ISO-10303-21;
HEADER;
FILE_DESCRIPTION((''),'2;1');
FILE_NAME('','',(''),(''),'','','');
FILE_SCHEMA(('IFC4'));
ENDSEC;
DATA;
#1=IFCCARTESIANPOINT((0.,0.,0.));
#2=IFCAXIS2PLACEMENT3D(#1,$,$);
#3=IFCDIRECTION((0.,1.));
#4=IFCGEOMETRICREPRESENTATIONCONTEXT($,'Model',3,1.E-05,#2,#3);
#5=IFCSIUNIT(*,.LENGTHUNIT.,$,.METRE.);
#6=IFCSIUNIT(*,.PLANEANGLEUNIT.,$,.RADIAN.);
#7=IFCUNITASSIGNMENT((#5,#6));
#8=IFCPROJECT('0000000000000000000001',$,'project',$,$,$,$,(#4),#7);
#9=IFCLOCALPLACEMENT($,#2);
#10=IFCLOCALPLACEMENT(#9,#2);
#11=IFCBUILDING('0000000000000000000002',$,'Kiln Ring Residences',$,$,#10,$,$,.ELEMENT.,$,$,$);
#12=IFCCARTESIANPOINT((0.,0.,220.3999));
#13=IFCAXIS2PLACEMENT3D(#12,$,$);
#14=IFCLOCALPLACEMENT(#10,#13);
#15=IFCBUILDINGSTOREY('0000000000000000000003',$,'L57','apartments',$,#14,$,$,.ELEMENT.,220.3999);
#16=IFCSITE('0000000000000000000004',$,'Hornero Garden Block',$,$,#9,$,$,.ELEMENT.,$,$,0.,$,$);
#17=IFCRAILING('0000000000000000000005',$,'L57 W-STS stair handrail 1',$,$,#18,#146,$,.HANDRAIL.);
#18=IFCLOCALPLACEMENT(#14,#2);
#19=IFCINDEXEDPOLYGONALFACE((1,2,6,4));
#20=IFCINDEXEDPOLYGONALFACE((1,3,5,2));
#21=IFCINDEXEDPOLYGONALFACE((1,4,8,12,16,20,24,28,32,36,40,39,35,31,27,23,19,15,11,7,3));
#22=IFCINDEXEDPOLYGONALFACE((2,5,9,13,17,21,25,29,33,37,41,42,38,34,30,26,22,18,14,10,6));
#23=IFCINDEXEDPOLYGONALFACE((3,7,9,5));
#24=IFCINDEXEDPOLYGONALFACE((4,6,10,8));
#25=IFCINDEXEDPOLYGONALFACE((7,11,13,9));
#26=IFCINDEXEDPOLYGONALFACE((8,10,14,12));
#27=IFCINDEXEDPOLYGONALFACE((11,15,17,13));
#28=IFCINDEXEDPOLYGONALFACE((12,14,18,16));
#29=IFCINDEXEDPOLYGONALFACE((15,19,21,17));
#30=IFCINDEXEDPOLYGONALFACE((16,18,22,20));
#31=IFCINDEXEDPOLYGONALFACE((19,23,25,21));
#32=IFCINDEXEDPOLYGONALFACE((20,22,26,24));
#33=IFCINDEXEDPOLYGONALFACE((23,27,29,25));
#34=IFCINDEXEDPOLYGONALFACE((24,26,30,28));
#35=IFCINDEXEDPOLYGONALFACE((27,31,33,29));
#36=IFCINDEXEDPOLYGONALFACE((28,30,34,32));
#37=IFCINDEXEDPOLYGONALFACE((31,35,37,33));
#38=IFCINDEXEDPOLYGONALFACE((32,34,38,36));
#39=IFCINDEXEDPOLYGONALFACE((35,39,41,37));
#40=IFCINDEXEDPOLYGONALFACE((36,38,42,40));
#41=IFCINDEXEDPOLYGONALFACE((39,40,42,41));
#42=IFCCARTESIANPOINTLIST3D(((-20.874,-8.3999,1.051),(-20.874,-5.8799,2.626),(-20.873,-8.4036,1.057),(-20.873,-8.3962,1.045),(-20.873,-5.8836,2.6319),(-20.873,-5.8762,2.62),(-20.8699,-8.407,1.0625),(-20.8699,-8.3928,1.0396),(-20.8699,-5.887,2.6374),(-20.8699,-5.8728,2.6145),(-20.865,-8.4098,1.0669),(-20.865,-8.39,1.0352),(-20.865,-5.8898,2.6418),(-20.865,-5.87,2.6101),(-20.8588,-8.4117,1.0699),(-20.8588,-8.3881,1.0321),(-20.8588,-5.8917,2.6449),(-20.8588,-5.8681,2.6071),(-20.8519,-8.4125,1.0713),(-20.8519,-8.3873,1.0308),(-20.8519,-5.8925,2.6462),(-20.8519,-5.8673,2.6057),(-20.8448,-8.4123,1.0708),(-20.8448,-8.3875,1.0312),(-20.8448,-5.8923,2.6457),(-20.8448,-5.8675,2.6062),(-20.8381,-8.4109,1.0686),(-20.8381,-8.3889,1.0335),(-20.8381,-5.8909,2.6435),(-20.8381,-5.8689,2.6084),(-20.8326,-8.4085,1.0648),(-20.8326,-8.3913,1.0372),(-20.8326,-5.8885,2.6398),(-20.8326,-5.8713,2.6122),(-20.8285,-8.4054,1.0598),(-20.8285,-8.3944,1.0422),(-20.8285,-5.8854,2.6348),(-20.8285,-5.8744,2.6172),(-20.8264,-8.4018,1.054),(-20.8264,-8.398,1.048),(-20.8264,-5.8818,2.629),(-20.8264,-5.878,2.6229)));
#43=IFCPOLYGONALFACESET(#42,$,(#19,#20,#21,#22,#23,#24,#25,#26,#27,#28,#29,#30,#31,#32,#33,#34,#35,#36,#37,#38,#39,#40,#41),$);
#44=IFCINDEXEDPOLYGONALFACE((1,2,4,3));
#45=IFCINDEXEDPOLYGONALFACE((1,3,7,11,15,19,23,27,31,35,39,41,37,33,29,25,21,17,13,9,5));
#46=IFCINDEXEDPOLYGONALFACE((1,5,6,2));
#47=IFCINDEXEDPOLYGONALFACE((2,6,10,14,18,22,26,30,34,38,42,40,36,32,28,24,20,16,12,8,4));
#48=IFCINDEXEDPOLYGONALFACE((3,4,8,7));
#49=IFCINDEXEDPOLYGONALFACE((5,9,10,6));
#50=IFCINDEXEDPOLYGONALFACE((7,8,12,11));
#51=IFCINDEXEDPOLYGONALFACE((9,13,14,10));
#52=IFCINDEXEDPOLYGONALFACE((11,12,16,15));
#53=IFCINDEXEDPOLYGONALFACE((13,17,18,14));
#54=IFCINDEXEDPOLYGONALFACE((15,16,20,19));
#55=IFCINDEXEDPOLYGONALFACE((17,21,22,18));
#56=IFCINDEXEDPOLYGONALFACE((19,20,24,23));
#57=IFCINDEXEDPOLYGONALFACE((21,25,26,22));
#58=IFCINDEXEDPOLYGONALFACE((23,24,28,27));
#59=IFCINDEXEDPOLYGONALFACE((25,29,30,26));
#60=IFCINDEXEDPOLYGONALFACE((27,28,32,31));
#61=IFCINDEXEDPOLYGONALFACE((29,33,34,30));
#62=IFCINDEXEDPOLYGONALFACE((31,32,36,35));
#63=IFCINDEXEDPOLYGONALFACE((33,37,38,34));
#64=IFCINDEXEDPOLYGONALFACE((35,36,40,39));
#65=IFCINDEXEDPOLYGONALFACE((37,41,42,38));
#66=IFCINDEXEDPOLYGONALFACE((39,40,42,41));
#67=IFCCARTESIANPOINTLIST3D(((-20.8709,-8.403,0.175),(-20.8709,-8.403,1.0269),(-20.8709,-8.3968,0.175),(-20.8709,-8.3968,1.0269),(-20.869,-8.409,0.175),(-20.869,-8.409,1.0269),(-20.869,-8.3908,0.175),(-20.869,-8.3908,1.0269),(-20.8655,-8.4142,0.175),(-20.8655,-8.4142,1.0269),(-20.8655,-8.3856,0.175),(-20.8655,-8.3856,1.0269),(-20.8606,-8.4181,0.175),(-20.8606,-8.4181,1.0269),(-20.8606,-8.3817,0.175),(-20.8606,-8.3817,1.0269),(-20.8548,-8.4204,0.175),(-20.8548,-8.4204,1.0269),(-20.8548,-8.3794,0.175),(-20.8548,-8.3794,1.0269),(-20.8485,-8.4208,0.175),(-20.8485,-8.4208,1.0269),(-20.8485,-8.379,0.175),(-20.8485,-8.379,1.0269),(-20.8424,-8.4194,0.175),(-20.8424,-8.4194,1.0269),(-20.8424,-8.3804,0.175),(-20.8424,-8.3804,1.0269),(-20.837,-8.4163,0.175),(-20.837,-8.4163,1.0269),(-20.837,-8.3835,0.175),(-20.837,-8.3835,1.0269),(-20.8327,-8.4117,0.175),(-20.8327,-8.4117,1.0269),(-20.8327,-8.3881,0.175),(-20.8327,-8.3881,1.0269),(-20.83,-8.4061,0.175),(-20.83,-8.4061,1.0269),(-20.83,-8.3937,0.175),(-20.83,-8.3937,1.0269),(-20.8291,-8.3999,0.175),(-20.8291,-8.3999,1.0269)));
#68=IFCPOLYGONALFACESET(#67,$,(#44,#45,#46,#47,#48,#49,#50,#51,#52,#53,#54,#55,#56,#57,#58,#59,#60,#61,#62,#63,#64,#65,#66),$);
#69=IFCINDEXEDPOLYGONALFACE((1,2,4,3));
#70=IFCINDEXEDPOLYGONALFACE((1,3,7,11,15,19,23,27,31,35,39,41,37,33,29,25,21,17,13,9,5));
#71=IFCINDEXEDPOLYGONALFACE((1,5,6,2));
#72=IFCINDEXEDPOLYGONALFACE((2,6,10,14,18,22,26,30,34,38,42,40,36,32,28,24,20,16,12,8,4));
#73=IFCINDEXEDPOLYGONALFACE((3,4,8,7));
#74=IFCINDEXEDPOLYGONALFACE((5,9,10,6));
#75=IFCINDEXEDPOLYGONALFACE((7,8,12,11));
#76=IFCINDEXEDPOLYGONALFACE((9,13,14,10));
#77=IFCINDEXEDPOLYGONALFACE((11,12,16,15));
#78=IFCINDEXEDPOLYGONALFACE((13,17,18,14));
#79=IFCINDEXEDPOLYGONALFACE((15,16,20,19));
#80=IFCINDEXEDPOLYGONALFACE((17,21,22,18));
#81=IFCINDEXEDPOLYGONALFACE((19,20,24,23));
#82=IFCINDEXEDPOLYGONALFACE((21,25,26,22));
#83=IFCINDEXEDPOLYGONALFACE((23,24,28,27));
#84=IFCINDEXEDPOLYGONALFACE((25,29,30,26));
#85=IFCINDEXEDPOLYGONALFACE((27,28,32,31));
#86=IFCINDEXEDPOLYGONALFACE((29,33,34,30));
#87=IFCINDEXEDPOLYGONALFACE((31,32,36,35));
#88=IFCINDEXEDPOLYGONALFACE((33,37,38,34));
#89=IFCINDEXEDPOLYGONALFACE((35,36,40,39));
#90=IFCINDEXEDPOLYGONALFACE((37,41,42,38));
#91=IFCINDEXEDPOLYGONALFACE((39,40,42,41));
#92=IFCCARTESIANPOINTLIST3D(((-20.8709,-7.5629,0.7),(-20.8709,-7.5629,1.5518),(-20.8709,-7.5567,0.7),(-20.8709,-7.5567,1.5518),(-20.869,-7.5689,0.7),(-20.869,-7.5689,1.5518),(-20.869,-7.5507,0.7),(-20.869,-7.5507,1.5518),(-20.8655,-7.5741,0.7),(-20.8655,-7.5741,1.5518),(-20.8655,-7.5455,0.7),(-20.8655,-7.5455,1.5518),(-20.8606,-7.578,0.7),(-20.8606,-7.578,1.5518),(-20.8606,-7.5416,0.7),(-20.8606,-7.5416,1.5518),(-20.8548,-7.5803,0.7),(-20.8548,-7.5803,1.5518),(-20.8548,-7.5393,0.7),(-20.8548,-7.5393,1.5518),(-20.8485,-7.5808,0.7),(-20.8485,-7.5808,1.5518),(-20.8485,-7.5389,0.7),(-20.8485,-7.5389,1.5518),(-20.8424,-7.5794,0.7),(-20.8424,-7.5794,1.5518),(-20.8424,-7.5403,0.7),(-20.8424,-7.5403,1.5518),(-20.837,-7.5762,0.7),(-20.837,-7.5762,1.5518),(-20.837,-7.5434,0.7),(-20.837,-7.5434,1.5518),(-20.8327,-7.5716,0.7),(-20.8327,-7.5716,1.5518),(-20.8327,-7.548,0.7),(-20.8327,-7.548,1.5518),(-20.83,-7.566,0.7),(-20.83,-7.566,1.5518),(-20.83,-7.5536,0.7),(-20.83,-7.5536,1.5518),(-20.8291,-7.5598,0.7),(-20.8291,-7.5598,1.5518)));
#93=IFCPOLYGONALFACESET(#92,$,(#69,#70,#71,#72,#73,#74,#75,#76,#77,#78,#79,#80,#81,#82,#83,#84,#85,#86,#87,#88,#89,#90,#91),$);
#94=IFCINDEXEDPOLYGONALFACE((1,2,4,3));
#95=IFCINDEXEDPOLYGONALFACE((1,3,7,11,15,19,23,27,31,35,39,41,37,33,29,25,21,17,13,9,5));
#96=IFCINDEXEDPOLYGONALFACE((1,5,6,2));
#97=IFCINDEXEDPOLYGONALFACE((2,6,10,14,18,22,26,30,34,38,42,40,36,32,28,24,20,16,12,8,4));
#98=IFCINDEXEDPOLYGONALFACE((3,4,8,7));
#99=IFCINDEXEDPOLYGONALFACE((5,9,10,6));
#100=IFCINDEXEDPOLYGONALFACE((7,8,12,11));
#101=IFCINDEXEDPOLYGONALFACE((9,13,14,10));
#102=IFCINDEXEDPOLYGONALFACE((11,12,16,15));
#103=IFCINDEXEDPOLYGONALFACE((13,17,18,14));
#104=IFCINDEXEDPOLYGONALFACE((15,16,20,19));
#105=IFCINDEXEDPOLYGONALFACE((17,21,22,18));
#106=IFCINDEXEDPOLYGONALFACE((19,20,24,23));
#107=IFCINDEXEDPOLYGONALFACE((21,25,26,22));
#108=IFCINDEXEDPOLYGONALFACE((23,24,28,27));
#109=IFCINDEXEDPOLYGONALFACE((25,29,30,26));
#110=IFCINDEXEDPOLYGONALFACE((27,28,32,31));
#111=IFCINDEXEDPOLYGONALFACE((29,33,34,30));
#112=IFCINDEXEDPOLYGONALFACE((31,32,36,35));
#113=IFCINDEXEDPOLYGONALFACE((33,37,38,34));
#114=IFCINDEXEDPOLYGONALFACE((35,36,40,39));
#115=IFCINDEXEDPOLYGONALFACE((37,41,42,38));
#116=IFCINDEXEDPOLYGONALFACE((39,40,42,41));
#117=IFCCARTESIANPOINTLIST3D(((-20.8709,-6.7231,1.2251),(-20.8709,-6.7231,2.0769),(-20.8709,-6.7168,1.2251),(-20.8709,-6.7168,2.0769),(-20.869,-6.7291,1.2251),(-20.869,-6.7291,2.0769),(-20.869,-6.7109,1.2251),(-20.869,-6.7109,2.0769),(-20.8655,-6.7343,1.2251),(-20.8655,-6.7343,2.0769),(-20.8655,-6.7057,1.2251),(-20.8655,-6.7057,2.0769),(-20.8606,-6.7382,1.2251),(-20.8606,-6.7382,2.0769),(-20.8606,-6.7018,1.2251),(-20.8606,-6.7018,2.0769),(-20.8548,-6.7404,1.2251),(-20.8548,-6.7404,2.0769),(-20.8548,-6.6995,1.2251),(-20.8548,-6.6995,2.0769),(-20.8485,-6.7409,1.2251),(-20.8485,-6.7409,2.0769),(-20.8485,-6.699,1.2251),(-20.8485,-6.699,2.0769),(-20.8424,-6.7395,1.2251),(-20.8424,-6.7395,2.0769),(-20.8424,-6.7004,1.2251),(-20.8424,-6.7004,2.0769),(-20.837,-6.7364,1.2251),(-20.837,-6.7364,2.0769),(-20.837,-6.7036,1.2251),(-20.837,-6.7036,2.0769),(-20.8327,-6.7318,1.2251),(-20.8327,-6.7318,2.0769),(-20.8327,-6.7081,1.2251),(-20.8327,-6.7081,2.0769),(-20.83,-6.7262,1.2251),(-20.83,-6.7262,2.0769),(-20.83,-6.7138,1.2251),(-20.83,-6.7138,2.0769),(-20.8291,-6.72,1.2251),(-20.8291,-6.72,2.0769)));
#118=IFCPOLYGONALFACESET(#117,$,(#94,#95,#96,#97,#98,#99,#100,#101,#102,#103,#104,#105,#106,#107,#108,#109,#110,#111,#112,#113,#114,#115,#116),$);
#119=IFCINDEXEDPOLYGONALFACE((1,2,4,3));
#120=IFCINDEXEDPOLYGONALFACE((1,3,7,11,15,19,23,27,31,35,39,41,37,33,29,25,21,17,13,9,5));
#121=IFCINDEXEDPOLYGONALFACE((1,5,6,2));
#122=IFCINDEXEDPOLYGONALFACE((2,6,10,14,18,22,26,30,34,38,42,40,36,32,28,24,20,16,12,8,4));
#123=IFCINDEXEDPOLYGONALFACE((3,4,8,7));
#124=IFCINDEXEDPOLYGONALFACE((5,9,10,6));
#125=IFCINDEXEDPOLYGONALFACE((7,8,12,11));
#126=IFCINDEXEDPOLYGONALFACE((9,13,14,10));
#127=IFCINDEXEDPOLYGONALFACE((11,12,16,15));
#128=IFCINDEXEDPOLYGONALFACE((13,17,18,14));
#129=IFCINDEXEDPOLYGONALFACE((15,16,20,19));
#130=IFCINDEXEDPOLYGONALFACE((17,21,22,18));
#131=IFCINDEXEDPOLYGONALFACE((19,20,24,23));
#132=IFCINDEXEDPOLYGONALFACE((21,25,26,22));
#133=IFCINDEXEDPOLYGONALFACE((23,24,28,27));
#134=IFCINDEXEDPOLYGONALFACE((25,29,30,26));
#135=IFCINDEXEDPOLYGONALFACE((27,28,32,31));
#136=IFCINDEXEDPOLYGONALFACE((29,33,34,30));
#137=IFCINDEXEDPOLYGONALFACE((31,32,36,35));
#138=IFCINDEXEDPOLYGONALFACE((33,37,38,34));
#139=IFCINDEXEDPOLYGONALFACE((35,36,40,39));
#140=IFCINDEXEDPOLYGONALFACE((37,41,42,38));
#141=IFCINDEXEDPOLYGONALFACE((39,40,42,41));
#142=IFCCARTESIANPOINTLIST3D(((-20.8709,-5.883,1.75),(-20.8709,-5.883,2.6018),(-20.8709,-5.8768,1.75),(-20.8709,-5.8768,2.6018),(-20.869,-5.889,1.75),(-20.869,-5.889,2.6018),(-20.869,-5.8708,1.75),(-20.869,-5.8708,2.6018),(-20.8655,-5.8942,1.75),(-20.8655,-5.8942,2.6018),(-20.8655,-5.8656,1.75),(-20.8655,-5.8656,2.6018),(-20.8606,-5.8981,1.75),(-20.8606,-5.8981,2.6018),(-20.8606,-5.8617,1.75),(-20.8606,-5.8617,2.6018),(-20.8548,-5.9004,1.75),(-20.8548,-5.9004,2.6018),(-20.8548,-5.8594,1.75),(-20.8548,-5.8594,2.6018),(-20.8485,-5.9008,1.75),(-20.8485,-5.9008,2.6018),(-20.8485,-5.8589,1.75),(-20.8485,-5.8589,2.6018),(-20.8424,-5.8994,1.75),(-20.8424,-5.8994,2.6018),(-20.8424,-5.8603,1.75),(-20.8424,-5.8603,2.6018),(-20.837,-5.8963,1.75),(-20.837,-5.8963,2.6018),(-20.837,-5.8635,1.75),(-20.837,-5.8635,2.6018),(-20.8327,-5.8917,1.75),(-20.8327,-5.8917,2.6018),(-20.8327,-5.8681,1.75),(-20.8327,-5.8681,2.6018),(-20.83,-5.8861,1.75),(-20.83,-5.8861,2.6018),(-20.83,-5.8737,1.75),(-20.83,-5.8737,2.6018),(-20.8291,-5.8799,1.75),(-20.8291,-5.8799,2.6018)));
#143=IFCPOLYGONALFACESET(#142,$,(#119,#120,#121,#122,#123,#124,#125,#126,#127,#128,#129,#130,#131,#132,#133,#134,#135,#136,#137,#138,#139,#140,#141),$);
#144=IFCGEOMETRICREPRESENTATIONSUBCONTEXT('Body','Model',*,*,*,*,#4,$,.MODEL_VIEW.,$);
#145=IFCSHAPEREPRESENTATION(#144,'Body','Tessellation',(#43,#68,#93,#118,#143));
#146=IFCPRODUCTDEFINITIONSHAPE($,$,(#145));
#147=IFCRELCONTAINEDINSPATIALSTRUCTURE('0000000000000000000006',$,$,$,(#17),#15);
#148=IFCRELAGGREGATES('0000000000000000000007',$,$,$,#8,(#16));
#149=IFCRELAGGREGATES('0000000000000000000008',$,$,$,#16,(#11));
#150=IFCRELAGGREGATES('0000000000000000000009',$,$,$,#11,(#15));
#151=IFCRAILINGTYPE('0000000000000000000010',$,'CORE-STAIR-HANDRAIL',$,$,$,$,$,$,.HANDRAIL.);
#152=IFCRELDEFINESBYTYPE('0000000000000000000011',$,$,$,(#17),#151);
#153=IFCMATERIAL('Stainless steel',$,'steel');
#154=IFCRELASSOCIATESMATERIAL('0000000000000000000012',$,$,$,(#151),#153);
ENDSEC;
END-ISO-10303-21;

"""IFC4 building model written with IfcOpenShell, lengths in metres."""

from ifc_helpers import new_model, si_unit, direction, frame, origin, origin_2d, place, context, subcontext, project, spatial, circle, extrude, material, type_object, element, save


model = new_model("IFC4")

# Units and contexts
model_context = context("Model", 3, precision=1e-05, world=origin(), true_north=direction((0.0, 1.0)))
body_context = subcontext(model_context, "Body", "Model", "MODEL_VIEW")
ifc_project = project(units=[si_unit("LENGTHUNIT", "METRE"), si_unit("PLANEANGLEUNIT", "RADIAN")], contexts=[model_context])

# Site, building, storey
site_placement = place(None, origin())
site = spatial("IfcSite", under=ifc_project, at=site_placement, Name="Hornero Garden Block", CompositionType="ELEMENT", RefElevation=0.0)
building_placement = place(site_placement, origin())
building = spatial("IfcBuilding", under=site, at=building_placement, Name="Kiln Ring Residences", CompositionType="ELEMENT")
storey_placement = place(building_placement, frame((0.0, 0.0, 220.3999)))
storey = spatial("IfcBuildingStorey", under=building, at=storey_placement, Name="L57", Description="apartments", CompositionType="ELEMENT", Elevation=220.3999)

# Railing
ifc_material_1 = material(Name="Stainless steel", Category="steel")
railing_type_1 = type_object("IfcRailingType", Name="CORE-STAIR-HANDRAIL", PredefinedType="HANDRAIL", material=ifc_material_1)
railing_1_placement = place(storey_placement, frame((-20.8501, -8.3999, 0.175)))
element("IfcRailing", 1, at=railing_1_placement, inside=storey, type_object=railing_type_1, Name="L57 W-STS stair handrail 1", PredefinedType="HANDRAIL", context=body_context, shape_type="SweptSolid", body=[
    extrude(circle(Radius=0.0239, at=origin_2d()), frame((0.0, 0.0, 0.876), z_axis=(0.0, 0.848008, 0.529984), x_axis=(-1.0, 0.0, 0.0)), (0.0, 0.0, 1.0), 2.9717),
    extrude(circle(Radius=0.021, at=origin_2d()), origin(), (0.0, 0.0, 1.0), 0.8518),
    extrude(circle(Radius=0.021, at=origin_2d()), frame((0.0, 0.8401, 0.5249)), (0.0, 0.0, 1.0), 0.8518),
    extrude(circle(Radius=0.021, at=origin_2d()), frame((0.0, 1.6799, 1.05)), (0.0, 0.0, 1.0), 0.8518),
    extrude(circle(Radius=0.021, at=origin_2d()), frame((0.0, 2.52, 1.575)), (0.0, 0.0, 1.0), 0.8518),
])

save(model, "model.ifc")
